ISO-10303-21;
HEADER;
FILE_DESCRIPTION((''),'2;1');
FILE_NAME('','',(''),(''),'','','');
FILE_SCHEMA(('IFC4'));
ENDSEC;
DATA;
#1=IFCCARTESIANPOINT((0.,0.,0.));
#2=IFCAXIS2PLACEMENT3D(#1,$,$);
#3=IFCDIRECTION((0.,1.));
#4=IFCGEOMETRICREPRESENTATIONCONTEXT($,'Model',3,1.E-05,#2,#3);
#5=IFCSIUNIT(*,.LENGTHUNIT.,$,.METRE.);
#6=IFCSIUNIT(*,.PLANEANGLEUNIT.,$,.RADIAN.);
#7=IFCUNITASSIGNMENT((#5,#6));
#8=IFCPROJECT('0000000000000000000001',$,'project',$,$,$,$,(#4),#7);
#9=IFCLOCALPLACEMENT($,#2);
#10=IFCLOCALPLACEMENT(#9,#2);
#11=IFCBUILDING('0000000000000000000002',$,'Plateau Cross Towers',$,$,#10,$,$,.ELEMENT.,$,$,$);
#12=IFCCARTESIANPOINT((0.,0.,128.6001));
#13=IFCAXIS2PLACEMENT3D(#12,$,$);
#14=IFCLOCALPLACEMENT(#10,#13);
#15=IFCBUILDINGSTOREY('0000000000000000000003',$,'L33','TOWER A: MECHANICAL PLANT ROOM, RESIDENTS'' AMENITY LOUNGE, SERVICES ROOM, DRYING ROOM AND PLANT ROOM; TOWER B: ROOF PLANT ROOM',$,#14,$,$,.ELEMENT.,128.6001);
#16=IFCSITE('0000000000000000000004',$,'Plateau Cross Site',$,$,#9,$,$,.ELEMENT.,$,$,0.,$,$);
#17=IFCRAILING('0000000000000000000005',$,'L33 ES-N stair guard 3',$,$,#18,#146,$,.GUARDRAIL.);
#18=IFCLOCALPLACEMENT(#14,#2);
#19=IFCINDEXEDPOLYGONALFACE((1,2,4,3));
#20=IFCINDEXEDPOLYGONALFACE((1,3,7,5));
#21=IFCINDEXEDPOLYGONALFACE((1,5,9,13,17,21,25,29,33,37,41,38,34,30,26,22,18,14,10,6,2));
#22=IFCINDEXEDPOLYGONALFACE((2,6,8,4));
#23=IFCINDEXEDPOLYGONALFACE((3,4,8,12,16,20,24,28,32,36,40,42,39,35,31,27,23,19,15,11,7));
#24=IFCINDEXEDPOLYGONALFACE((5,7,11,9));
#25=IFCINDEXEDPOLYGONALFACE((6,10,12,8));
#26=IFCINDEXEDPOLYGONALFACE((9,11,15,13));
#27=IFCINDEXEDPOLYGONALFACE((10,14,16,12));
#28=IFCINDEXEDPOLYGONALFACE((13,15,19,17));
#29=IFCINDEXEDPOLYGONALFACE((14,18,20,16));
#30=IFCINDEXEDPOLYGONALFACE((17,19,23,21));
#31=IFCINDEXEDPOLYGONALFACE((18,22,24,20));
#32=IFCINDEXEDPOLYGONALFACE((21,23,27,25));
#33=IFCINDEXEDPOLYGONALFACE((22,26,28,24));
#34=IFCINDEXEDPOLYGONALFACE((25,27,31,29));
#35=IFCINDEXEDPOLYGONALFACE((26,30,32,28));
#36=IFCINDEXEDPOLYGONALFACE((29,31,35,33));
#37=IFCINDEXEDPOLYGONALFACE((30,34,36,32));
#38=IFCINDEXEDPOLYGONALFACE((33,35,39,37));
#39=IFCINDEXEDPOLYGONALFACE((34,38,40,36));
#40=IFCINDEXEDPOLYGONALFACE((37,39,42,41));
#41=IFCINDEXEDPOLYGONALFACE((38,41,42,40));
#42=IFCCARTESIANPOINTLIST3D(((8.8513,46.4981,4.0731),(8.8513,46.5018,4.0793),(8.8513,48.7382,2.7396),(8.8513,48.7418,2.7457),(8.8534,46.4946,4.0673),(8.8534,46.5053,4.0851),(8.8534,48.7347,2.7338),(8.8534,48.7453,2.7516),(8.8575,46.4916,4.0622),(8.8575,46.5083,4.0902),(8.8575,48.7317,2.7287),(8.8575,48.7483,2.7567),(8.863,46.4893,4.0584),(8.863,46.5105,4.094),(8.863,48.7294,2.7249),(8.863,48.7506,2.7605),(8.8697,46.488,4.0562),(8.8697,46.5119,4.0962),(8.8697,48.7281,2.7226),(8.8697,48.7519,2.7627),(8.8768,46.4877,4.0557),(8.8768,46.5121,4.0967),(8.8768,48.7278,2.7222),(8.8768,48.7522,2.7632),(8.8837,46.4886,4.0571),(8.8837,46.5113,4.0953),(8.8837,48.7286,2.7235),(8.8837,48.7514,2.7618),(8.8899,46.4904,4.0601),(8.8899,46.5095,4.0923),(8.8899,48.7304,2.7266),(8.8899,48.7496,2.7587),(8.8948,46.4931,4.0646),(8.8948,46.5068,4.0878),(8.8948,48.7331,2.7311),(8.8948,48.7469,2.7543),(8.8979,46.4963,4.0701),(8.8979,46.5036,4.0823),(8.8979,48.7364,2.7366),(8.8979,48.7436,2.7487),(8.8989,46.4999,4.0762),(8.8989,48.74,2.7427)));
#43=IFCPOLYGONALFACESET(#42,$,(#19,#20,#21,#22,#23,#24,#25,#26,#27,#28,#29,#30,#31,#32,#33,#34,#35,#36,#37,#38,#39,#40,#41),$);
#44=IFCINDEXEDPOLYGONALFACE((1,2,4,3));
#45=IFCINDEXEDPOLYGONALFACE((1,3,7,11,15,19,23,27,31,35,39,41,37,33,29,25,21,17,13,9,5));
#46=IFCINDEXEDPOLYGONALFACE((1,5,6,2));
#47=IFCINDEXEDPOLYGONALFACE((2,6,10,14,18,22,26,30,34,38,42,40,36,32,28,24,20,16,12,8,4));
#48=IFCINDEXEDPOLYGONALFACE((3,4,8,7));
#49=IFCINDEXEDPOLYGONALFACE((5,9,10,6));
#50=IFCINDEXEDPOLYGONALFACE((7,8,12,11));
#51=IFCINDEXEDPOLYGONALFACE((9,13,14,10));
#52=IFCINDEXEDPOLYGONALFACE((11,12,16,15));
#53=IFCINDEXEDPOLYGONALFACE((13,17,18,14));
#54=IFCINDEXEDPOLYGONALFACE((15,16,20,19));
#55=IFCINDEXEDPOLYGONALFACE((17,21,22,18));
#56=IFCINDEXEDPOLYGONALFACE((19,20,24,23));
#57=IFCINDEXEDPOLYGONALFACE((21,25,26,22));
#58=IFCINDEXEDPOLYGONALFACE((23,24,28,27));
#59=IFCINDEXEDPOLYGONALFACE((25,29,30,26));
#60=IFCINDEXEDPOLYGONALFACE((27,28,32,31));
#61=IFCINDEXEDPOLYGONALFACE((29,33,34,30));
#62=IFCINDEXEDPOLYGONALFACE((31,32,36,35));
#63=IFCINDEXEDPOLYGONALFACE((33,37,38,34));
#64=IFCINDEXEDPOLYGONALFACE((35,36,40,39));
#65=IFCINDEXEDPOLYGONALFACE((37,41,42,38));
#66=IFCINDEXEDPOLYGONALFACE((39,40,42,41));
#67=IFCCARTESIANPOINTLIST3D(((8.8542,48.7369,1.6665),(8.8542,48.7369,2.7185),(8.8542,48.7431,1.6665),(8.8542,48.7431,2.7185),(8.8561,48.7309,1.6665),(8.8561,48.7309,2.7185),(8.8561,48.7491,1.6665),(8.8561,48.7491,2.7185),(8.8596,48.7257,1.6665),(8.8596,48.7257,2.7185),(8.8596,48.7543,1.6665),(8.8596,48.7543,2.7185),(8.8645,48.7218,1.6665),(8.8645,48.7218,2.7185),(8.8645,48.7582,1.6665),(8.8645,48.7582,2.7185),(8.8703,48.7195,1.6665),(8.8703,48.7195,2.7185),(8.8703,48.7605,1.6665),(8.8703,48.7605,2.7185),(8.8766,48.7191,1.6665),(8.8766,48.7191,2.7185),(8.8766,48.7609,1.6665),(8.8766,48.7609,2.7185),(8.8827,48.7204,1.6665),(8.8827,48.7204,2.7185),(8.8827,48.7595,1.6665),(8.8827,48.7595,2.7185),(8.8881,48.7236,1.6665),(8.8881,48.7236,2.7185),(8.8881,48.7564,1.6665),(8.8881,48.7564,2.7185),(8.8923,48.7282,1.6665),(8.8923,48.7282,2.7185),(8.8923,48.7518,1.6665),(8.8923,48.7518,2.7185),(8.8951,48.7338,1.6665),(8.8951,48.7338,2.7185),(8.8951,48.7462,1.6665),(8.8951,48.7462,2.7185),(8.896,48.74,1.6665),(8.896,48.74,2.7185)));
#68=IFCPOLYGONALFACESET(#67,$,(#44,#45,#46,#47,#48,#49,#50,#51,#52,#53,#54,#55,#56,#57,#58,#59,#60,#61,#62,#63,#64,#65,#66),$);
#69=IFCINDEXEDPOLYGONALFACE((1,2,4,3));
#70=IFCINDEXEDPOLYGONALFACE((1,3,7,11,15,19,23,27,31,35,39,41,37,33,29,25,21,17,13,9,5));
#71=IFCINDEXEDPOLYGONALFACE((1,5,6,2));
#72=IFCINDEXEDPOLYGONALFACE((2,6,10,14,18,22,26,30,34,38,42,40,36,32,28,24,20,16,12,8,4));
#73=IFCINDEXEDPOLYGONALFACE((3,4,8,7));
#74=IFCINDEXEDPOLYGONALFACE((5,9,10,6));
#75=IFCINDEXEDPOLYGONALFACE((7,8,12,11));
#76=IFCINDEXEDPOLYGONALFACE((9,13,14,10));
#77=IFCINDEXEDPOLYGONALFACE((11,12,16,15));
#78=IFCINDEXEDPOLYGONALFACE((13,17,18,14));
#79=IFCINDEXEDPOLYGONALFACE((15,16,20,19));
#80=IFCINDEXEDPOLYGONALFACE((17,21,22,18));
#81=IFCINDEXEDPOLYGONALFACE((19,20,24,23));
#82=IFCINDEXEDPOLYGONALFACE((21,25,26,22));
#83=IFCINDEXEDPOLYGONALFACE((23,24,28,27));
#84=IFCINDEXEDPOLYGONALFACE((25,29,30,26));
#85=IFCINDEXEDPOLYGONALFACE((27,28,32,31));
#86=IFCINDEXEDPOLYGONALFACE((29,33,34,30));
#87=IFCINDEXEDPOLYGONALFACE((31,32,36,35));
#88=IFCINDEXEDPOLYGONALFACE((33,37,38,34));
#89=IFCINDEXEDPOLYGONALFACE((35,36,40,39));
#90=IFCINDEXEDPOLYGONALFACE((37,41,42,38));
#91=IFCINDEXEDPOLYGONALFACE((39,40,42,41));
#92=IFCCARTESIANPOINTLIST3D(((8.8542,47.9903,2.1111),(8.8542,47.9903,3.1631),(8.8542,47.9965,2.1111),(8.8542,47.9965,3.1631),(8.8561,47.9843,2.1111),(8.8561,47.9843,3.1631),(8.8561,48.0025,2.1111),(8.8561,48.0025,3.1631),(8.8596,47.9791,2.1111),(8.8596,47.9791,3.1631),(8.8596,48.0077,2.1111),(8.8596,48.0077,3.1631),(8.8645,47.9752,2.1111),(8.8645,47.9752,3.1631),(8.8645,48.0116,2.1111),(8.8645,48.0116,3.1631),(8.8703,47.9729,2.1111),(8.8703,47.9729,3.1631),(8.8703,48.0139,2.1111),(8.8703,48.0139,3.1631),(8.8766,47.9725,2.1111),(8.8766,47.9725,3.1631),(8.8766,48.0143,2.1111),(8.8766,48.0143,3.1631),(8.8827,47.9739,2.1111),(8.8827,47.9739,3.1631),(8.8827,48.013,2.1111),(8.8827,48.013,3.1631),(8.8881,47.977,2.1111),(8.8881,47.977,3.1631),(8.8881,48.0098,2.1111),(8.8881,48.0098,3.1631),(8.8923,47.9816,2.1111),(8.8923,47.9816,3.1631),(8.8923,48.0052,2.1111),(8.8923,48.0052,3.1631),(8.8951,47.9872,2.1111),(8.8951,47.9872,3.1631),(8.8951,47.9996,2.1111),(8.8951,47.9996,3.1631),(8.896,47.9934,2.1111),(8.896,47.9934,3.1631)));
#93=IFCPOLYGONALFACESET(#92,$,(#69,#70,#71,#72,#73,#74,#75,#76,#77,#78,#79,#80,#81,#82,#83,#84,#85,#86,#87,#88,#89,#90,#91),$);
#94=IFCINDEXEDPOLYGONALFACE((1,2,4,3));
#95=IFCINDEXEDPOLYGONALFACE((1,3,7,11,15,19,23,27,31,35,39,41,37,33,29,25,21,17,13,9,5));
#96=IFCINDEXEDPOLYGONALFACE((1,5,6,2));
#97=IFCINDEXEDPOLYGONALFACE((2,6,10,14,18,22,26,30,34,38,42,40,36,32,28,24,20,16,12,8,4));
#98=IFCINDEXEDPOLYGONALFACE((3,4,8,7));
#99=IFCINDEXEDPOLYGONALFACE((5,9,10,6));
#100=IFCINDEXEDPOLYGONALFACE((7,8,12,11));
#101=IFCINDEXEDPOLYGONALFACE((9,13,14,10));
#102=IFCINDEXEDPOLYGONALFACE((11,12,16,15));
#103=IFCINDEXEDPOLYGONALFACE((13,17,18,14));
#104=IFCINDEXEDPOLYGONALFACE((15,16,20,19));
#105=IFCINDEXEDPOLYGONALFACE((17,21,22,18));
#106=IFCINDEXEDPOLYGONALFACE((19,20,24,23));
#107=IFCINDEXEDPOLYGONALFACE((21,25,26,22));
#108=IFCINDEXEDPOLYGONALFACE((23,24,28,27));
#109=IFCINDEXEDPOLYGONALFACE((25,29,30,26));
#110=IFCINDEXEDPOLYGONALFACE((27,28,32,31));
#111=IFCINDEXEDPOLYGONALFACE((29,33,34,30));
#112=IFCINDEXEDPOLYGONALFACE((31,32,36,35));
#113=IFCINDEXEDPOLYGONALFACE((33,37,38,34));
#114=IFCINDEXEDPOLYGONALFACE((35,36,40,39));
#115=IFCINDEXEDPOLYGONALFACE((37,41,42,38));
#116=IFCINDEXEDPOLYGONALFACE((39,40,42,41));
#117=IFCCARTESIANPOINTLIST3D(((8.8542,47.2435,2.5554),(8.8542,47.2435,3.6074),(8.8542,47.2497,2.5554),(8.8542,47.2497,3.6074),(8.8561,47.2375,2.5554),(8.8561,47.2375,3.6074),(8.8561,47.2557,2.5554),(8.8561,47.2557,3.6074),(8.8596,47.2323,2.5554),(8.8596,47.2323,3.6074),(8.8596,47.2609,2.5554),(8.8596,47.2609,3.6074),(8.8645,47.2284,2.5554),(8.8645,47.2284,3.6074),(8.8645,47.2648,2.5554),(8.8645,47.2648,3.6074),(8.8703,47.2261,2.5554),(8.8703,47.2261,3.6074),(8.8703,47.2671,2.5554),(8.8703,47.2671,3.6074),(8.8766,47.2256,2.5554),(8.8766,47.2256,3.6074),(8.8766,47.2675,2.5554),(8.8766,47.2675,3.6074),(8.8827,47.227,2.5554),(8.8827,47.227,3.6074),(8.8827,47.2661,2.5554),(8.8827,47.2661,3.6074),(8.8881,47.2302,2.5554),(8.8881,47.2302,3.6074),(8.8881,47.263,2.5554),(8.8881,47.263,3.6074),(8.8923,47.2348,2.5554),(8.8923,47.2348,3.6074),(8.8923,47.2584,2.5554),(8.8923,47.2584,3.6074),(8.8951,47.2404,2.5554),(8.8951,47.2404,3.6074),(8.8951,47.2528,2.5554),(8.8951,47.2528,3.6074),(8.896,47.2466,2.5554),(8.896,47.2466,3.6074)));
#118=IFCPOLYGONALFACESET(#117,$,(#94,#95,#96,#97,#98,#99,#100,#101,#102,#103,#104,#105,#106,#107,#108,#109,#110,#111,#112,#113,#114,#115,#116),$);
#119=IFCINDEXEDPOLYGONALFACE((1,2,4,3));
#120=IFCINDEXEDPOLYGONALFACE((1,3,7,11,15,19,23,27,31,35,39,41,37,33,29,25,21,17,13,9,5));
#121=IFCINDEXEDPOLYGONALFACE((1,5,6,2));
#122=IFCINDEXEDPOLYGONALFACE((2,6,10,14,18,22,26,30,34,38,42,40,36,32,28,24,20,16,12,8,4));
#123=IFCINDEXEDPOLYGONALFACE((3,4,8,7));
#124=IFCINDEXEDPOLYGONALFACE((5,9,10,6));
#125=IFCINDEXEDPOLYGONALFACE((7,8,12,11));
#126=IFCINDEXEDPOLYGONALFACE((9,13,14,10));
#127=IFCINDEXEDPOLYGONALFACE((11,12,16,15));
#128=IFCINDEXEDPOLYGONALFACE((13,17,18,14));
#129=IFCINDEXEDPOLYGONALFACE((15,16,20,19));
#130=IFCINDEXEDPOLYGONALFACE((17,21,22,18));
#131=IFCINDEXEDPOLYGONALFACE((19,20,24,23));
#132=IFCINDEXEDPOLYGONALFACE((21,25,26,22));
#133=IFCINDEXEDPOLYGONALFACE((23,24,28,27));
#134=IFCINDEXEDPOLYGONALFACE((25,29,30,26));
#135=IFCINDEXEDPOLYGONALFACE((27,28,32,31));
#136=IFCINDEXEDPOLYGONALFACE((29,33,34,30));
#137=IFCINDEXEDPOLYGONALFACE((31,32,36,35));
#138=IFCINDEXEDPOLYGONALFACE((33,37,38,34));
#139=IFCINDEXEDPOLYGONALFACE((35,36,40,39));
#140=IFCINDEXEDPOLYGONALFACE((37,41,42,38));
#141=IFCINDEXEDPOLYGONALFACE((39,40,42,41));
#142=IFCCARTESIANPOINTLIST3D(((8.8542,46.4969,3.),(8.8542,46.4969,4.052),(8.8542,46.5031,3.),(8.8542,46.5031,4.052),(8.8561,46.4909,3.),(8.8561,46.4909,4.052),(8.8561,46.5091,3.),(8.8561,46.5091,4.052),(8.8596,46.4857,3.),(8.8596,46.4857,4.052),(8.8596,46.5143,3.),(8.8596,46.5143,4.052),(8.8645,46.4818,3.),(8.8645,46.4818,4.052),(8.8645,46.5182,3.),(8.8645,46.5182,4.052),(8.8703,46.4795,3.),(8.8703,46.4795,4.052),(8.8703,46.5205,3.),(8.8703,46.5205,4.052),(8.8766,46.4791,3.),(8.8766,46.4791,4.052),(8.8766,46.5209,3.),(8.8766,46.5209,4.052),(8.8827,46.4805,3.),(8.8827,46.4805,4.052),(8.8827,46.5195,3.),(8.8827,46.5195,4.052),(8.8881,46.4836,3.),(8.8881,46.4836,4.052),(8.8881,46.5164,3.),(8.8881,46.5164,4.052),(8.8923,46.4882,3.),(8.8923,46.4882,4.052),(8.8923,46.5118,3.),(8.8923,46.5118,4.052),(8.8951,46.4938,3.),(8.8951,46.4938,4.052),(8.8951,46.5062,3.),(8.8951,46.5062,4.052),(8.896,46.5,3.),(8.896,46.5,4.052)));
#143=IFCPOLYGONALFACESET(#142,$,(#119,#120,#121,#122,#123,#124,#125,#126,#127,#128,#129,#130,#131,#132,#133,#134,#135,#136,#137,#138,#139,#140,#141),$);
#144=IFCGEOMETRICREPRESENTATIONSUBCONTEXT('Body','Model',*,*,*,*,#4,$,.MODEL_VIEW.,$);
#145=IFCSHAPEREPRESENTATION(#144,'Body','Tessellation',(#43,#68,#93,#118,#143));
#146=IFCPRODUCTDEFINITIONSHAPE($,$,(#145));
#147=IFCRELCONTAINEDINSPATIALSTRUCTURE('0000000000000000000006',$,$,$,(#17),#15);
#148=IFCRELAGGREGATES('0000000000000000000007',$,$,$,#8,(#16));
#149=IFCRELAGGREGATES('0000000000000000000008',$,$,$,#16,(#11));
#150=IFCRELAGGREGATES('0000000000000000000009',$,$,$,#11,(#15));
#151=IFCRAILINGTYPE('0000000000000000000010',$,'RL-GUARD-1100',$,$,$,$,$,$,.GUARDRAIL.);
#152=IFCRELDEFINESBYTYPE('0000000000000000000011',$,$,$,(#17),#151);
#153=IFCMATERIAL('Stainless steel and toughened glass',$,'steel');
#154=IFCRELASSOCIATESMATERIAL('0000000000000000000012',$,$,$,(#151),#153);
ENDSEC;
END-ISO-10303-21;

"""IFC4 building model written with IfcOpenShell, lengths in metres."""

from ifc_helpers import new_model, si_unit, direction, frame, origin, origin_2d, place, context, subcontext, project, spatial, circle, extrude, material, type_object, element, save


model = new_model("IFC4")

# Units and contexts
model_context = context("Model", 3, precision=1e-05, world=origin(), true_north=direction((0.0, 1.0)))
body_context = subcontext(model_context, "Body", "Model", "MODEL_VIEW")
ifc_project = project(units=[si_unit("LENGTHUNIT", "METRE"), si_unit("PLANEANGLEUNIT", "RADIAN")], contexts=[model_context])

# Site, building, storey
site_placement = place(None, origin())
site = spatial("IfcSite", under=ifc_project, at=site_placement, Name="Plateau Cross Site", CompositionType="ELEMENT", RefElevation=0.0)
building_placement = place(site_placement, origin())
building = spatial("IfcBuilding", under=site, at=building_placement, Name="Plateau Cross Towers", CompositionType="ELEMENT")
storey_placement = place(building_placement, frame((0.0, 0.0, 128.6001)))
storey = spatial("IfcBuildingStorey", under=building, at=storey_placement, Name="L33", Description="TOWER A: MECHANICAL PLANT ROOM, RESIDENTS' AMENITY LOUNGE, SERVICES ROOM, DRYING ROOM AND PLANT ROOM; TOWER B: ROOF PLANT ROOM", CompositionType="ELEMENT", Elevation=128.6001)

# Railing
ifc_material_1 = material(Name="Stainless steel and toughened glass", Category="steel")
railing_type_1 = type_object("IfcRailingType", Name="RL-GUARD-1100", PredefinedType="GUARDRAIL", material=ifc_material_1)
railing_1_placement = place(storey_placement, frame((8.875, 48.74, 1.6665)))
element("IfcRailing", 1, at=railing_1_placement, inside=storey, type_object=railing_type_1, Name="L33 ES-N stair guard 3", PredefinedType="GUARDRAIL", context=body_context, shape_type="SweptSolid", body=[
    extrude(circle(Radius=0.0239, at=origin_2d()), frame((0.0, 0.0, 1.0762), z_axis=(0.0, -0.859264, 0.511532), x_axis=(1.0, 0.0, 0.0)), (0.0, 0.0, 1.0), 2.6069),
    extrude(circle(Radius=0.021, at=origin_2d()), origin(), (0.0, 0.0, 1.0), 1.052),
    extrude(circle(Radius=0.021, at=origin_2d()), frame((0.0, -0.7466, 0.4446)), (0.0, 0.0, 1.0), 1.052),
    extrude(circle(Radius=0.021, at=origin_2d()), frame((0.0, -1.4934, 0.8889)), (0.0, 0.0, 1.0), 1.052),
    extrude(circle(Radius=0.021, at=origin_2d()), frame((0.0, -2.24, 1.3335)), (0.0, 0.0, 1.0), 1.052),
])

save(model, "model.ifc")
